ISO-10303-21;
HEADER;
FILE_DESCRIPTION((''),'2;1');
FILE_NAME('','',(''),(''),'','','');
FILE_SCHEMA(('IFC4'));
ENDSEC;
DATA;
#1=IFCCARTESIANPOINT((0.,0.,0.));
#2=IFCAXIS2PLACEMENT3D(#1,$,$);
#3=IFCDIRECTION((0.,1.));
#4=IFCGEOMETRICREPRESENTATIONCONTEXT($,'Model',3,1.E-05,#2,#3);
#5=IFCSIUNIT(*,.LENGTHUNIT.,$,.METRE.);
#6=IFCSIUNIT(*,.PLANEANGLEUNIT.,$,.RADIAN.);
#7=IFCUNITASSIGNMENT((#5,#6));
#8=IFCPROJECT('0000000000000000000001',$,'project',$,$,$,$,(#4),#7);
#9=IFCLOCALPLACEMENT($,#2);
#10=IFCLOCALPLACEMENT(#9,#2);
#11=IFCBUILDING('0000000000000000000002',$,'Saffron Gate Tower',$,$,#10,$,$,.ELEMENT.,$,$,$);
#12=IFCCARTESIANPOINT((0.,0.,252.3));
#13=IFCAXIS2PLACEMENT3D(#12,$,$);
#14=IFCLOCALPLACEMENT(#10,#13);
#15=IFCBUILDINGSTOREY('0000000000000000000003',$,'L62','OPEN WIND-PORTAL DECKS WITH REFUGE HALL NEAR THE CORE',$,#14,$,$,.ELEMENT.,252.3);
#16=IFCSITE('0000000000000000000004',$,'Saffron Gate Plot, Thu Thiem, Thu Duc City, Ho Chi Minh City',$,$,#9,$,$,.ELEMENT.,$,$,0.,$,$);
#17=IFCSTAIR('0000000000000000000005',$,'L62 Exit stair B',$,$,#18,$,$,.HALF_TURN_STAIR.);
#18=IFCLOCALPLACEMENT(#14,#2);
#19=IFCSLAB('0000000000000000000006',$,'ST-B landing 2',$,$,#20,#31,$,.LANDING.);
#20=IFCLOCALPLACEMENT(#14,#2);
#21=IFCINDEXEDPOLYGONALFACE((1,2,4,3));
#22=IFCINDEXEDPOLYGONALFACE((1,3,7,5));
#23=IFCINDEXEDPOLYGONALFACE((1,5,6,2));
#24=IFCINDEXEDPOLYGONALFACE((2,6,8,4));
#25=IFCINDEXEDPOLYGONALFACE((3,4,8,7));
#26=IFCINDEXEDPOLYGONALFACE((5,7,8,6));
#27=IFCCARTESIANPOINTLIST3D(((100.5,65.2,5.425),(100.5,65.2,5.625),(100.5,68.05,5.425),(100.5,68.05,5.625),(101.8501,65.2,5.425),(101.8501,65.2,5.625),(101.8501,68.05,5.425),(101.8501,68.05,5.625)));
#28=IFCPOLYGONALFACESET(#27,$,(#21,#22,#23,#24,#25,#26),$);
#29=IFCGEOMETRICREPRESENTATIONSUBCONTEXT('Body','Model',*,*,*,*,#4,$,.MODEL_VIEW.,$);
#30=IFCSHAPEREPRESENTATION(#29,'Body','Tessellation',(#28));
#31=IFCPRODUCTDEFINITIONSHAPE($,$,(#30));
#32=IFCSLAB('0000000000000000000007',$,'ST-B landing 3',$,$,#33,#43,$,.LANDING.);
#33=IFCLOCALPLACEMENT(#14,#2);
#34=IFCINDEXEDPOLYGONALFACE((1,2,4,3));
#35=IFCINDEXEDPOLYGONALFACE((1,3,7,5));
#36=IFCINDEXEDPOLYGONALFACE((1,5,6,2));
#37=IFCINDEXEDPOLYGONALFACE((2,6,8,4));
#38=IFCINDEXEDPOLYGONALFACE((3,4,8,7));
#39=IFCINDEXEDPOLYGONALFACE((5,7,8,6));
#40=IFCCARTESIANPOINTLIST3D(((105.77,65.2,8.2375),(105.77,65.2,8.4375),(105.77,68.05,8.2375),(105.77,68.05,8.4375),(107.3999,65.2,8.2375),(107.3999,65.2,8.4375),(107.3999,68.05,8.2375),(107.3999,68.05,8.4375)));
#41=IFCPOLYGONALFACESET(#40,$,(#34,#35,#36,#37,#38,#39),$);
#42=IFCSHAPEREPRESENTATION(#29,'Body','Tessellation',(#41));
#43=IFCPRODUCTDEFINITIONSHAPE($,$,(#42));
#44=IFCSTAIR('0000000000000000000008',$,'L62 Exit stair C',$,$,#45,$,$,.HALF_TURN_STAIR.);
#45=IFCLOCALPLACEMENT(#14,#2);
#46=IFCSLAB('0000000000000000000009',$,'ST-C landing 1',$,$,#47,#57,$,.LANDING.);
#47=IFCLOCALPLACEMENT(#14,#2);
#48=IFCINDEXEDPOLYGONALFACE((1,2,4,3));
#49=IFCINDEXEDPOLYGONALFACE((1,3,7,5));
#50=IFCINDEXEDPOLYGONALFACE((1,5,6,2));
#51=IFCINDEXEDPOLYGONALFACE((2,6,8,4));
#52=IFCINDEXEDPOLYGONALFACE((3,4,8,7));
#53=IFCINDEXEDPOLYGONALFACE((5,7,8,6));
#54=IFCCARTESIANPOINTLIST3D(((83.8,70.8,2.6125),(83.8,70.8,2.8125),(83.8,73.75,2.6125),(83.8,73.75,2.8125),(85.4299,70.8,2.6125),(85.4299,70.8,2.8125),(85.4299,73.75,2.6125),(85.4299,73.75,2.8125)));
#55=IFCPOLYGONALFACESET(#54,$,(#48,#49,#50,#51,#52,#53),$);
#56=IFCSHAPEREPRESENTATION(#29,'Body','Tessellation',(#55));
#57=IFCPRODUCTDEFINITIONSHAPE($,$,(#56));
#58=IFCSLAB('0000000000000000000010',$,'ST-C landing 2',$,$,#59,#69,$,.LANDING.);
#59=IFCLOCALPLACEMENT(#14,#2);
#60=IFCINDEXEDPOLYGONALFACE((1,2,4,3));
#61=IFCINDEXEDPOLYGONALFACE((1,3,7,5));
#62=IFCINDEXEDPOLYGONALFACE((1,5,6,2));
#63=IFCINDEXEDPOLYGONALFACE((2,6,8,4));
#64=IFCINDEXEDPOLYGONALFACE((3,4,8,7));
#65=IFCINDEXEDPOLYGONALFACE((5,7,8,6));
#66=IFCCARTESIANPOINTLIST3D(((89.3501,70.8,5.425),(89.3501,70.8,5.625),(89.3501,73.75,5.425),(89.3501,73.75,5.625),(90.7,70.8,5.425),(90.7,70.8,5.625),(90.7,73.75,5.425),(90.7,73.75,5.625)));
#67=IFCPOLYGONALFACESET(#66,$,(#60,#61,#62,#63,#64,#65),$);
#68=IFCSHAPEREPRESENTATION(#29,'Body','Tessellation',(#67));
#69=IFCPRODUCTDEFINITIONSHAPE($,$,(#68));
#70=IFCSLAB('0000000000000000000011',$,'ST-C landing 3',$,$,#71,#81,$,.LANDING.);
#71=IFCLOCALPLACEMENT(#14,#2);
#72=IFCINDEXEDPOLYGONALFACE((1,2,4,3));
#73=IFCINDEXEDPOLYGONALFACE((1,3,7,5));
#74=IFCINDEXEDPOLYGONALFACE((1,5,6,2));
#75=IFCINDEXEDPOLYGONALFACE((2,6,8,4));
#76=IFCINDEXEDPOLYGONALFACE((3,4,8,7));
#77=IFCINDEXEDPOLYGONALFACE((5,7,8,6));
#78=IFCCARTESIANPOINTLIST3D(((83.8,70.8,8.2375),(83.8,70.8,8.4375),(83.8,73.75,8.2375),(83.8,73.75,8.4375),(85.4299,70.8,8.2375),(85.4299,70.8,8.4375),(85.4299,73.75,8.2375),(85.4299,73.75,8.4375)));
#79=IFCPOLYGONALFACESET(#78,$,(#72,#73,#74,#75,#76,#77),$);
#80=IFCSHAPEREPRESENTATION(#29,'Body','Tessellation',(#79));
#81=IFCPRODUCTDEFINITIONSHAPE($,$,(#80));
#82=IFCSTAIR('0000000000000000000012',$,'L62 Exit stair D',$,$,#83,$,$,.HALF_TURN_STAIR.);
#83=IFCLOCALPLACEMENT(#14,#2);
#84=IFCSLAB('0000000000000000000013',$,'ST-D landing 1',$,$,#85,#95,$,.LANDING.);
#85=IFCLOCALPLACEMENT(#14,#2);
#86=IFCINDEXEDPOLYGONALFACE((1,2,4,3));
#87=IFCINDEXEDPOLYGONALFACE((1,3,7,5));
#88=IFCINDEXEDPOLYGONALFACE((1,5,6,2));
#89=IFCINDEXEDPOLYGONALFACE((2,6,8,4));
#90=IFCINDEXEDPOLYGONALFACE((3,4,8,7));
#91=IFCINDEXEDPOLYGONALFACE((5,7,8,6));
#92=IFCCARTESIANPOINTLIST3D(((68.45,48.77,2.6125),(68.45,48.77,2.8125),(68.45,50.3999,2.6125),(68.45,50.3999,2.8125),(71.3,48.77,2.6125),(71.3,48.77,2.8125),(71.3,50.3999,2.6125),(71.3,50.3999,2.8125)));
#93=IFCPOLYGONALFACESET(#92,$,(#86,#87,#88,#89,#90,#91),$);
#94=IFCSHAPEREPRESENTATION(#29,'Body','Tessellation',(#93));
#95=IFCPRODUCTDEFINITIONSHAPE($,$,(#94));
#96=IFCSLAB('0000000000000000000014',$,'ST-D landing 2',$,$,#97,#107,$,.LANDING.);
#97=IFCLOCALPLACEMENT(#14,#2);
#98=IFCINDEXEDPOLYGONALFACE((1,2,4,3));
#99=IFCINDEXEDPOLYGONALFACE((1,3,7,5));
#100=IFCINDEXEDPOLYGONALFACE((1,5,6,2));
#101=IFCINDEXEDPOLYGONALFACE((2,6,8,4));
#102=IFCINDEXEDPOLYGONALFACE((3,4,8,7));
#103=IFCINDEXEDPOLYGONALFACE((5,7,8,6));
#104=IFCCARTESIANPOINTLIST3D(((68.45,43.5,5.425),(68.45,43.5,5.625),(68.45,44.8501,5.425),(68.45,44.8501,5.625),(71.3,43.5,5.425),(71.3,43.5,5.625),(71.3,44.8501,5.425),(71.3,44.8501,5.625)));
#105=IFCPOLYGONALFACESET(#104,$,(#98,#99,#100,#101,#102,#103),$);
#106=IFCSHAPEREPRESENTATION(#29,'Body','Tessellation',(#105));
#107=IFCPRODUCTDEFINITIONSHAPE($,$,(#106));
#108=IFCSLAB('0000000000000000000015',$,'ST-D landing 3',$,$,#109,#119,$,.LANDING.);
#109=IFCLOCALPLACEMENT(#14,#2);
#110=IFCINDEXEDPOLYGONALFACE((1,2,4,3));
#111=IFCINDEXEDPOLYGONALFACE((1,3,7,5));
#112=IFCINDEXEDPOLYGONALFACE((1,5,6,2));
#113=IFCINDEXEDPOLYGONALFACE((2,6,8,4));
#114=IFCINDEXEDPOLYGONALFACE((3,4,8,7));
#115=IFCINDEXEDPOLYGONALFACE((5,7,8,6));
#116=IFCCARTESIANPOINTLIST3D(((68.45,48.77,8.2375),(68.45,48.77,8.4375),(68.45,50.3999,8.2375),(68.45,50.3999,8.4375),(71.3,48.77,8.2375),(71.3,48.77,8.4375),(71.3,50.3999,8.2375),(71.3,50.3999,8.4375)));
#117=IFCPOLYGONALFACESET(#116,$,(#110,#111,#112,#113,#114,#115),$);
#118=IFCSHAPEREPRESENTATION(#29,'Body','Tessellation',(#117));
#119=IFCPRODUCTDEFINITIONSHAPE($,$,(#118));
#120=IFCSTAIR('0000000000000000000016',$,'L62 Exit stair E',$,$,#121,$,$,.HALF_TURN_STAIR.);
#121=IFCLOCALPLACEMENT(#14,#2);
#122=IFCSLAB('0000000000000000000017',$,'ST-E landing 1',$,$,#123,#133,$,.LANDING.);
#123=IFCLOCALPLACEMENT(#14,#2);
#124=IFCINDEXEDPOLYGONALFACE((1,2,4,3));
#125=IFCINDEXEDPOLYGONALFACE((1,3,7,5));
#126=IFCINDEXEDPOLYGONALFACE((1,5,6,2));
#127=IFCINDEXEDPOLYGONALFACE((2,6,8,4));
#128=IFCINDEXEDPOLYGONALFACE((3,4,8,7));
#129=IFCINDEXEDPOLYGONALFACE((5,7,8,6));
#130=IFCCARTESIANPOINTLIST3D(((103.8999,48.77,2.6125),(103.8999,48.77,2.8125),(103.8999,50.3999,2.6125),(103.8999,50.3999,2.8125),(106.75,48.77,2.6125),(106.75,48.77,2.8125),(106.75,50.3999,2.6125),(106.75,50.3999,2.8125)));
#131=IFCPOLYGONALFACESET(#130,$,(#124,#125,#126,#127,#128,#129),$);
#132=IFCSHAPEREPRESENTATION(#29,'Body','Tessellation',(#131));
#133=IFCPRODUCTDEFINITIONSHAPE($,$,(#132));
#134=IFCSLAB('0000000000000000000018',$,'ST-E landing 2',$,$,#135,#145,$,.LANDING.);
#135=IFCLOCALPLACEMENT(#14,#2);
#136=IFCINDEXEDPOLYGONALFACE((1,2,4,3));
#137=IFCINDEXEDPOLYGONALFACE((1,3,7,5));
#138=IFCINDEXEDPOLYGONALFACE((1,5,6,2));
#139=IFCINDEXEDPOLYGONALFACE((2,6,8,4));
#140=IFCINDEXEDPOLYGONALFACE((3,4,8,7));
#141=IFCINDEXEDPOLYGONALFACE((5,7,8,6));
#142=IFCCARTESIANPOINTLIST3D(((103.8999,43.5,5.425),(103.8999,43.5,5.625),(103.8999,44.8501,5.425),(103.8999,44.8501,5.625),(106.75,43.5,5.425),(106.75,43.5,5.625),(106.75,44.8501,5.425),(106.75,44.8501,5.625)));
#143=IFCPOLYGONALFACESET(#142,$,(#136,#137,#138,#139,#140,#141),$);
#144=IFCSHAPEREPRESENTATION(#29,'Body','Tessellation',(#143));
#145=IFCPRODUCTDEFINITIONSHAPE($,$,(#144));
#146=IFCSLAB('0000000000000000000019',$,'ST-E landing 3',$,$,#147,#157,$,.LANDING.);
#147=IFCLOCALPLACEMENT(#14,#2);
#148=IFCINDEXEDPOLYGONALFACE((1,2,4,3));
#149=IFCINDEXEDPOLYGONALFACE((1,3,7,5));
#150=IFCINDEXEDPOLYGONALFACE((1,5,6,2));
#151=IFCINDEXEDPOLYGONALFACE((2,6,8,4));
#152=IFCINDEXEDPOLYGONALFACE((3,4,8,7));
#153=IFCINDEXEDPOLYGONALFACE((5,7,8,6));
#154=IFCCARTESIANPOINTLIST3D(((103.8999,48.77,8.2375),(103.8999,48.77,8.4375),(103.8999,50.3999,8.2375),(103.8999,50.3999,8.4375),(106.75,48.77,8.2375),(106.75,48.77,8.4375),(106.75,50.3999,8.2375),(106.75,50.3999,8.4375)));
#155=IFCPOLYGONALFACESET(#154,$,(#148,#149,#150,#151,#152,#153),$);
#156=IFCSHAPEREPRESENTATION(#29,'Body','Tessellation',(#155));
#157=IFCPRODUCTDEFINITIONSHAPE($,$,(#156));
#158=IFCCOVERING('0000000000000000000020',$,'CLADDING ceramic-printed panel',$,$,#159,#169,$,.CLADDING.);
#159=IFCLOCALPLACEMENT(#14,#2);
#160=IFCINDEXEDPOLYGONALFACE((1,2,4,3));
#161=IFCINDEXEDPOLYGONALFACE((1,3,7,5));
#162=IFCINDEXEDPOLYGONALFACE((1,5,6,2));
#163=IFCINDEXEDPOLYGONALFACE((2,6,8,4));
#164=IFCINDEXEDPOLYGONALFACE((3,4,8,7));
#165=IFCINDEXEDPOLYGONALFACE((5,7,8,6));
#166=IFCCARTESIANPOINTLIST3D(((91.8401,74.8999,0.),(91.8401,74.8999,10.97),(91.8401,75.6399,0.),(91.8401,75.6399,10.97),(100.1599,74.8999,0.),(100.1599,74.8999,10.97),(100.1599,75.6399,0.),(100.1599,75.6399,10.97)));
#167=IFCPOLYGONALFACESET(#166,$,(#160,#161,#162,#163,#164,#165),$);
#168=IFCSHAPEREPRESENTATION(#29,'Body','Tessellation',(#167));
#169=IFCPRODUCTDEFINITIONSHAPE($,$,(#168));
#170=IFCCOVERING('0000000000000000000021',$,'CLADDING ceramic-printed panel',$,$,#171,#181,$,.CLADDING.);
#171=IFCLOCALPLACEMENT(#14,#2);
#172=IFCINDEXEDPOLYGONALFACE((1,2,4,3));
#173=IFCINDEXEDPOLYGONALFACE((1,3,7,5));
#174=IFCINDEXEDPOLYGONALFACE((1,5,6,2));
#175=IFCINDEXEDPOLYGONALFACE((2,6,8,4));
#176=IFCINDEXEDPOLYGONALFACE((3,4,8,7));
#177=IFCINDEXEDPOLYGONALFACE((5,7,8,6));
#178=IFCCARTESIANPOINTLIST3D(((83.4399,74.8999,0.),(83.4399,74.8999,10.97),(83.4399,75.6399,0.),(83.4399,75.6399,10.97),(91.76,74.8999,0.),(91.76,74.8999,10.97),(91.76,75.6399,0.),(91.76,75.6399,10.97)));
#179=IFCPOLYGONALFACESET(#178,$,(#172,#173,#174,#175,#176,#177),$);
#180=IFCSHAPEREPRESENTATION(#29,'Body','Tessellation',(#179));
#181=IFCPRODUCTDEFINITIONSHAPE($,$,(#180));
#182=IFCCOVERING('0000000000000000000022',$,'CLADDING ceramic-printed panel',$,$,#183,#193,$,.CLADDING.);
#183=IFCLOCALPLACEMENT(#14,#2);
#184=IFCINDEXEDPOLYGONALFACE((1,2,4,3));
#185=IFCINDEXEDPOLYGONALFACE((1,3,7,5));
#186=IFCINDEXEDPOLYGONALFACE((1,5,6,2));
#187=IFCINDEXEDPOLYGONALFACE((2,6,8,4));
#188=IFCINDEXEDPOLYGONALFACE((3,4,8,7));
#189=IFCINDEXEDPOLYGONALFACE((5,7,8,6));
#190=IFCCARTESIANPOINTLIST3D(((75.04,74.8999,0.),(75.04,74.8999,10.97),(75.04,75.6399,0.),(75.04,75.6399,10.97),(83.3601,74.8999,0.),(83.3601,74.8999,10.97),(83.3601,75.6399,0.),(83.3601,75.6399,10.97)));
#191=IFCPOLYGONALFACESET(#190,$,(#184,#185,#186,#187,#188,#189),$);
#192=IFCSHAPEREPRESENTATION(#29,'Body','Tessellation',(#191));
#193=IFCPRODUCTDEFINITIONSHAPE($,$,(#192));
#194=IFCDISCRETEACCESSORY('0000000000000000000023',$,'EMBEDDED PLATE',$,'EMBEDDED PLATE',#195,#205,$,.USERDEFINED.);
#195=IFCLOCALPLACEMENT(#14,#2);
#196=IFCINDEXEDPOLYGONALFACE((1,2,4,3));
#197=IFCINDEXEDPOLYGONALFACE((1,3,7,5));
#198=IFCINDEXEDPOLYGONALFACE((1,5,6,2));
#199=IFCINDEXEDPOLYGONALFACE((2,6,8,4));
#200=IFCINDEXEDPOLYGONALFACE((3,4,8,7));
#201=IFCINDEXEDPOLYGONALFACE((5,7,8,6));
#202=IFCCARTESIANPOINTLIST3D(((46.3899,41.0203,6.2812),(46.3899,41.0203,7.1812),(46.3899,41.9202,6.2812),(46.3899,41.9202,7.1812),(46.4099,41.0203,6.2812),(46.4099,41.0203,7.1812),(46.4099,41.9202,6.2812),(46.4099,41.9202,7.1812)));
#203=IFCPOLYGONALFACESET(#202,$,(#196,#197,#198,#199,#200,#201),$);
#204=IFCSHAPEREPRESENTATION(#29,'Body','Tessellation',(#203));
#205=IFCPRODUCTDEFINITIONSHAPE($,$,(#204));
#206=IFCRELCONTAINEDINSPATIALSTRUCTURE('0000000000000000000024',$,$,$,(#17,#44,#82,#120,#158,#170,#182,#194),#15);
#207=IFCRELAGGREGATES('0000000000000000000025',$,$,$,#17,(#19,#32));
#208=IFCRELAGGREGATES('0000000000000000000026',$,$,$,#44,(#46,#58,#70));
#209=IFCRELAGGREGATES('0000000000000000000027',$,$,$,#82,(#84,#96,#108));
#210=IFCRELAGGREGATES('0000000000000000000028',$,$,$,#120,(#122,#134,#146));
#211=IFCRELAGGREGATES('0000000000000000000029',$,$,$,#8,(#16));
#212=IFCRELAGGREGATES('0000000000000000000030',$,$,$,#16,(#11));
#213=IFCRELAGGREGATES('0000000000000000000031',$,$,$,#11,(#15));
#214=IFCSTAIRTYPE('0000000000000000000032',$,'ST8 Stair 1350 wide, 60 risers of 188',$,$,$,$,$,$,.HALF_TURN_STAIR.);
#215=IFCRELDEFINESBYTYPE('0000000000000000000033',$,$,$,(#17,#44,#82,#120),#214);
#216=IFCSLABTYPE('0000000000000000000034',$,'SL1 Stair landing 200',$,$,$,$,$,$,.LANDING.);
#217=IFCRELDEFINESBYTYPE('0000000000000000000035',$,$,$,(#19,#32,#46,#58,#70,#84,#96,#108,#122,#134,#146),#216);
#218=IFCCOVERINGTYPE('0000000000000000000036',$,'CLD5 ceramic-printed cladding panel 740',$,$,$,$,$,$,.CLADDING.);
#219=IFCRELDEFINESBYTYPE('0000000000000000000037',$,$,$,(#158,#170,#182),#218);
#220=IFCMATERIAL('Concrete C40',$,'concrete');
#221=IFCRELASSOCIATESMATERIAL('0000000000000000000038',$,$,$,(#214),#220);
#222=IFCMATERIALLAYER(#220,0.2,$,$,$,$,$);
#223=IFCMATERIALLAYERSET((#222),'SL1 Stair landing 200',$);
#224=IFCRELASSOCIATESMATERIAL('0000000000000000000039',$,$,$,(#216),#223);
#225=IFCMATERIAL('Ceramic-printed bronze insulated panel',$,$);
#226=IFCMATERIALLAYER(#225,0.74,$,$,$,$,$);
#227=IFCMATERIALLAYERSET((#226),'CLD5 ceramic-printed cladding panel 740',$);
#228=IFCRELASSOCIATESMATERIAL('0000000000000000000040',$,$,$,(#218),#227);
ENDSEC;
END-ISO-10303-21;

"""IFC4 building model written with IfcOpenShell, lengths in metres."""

from ifc_helpers import new_model, si_unit, direction, frame, origin, origin_2d, place, context, subcontext, project, spatial, polyline, rectangle, outline, extrude, material, layer, layer_set, type_object, element, aggregate, save


model = new_model("IFC4")

# Units and contexts
model_context = context("Model", 3, precision=1e-05, world=origin(), true_north=direction((0.0, 1.0)))
body_context = subcontext(model_context, "Body", "Model", "MODEL_VIEW")
ifc_project = project(units=[si_unit("LENGTHUNIT", "METRE"), si_unit("PLANEANGLEUNIT", "RADIAN")], contexts=[model_context])

# Site, building, storey
site_placement = place(None, origin())
site = spatial("IfcSite", under=ifc_project, at=site_placement, Name="Saffron Gate Plot, Thu Thiem, Thu Duc City, Ho Chi Minh City", CompositionType="ELEMENT", RefElevation=0.0)
building_placement = place(site_placement, origin())
building = spatial("IfcBuilding", under=site, at=building_placement, Name="Saffron Gate Tower", CompositionType="ELEMENT")
storey_placement = place(building_placement, frame((0.0, 0.0, 252.3)))
storey = spatial("IfcBuildingStorey", under=building, at=storey_placement, Name="L62", Description="OPEN WIND-PORTAL DECKS WITH REFUGE HALL NEAR THE CORE", CompositionType="ELEMENT", Elevation=252.3)

# Shared definitions
ifc_material_1 = material(Name="Concrete C40", Category="concrete")

# Stairs, slabs
stair_type = type_object("IfcStairType", Name="ST8 Stair 1350 wide, 60 risers of 188", PredefinedType="HALF_TURN_STAIR", material=ifc_material_1)
ifc_layer_1 = layer(ifc_material_1, 0.2)
ifc_layer_set_1 = layer_set([ifc_layer_1], Name="SL1 Stair landing 200")
slab_type_1 = type_object("IfcSlabType", Name="SL1 Stair landing 200", PredefinedType="LANDING", material=ifc_layer_set_1)
stair_1_placement = place(storey_placement, origin())
stair_1 = element("IfcStair", 1, at=stair_1_placement, inside=storey, type_object=stair_type, Name="L62 Exit stair B", PredefinedType="HALF_TURN_STAIR")
slab_1_placement = place(storey_placement, frame((0.0, 0.0, 5.425)))
slab_1 = element("IfcSlab", 2, at=slab_1_placement, type_object=slab_type_1, Name="ST-B landing 2", PredefinedType="LANDING", context=body_context, shape_type="SweptSolid", body=[
    extrude(outline(polyline([(100.5, 65.2), (101.8501, 65.2), (101.8501, 68.05), (100.5, 68.05), (100.5, 65.2)])), origin(), (0.0, 0.0, 1.0), 0.2),
])
slab_2_placement = place(storey_placement, frame((0.0, 0.0, 8.2375)))
slab_2 = element("IfcSlab", 3, at=slab_2_placement, type_object=slab_type_1, Name="ST-B landing 3", PredefinedType="LANDING", context=body_context, shape_type="SweptSolid", body=[
    extrude(outline(polyline([(105.77, 65.2), (107.3999, 65.2), (107.3999, 68.05), (105.77, 68.05), (105.77, 65.2)])), origin(), (0.0, 0.0, 1.0), 0.2),
])
aggregate(stair_1, [slab_1, slab_2])
stair_2_placement = place(storey_placement, origin())
stair_2 = element("IfcStair", 4, at=stair_2_placement, inside=storey, type_object=stair_type, Name="L62 Exit stair C", PredefinedType="HALF_TURN_STAIR")
slab_3_placement = place(storey_placement, frame((0.0, 0.0, 2.6125)))
slab_3 = element("IfcSlab", 5, at=slab_3_placement, type_object=slab_type_1, Name="ST-C landing 1", PredefinedType="LANDING", context=body_context, shape_type="SweptSolid", body=[
    extrude(outline(polyline([(85.4299, 73.75), (83.8, 73.75), (83.8, 70.8), (85.4299, 70.8), (85.4299, 73.75)])), origin(), (0.0, 0.0, 1.0), 0.2),
])
slab_4_placement = place(storey_placement, frame((0.0, 0.0, 5.425)))
slab_4 = element("IfcSlab", 6, at=slab_4_placement, type_object=slab_type_1, Name="ST-C landing 2", PredefinedType="LANDING", context=body_context, shape_type="SweptSolid", body=[
    extrude(outline(polyline([(90.7, 73.75), (89.3501, 73.75), (89.3501, 70.8), (90.7, 70.8), (90.7, 73.75)])), origin(), (0.0, 0.0, 1.0), 0.2),
])
slab_5_placement = place(storey_placement, frame((0.0, 0.0, 8.2375)))
slab_5 = element("IfcSlab", 7, at=slab_5_placement, type_object=slab_type_1, Name="ST-C landing 3", PredefinedType="LANDING", context=body_context, shape_type="SweptSolid", body=[
    extrude(outline(polyline([(85.4299, 73.75), (83.8, 73.75), (83.8, 70.8), (85.4299, 70.8), (85.4299, 73.75)])), origin(), (0.0, 0.0, 1.0), 0.2),
])
aggregate(stair_2, [slab_3, slab_4, slab_5])
stair_3_placement = place(storey_placement, origin())
stair_3 = element("IfcStair", 8, at=stair_3_placement, inside=storey, type_object=stair_type, Name="L62 Exit stair D", PredefinedType="HALF_TURN_STAIR")
slab_6_placement = place(storey_placement, frame((0.0, 0.0, 2.6125)))
slab_6 = element("IfcSlab", 9, at=slab_6_placement, type_object=slab_type_1, Name="ST-D landing 1", PredefinedType="LANDING", context=body_context, shape_type="SweptSolid", body=[
    extrude(outline(polyline([(71.3, 48.77), (71.3, 50.3999), (68.45, 50.3999), (68.45, 48.77), (71.3, 48.77)])), origin(), (0.0, 0.0, 1.0), 0.2),
])
slab_7_placement = place(storey_placement, frame((0.0, 0.0, 5.425)))
slab_7 = element("IfcSlab", 10, at=slab_7_placement, type_object=slab_type_1, Name="ST-D landing 2", PredefinedType="LANDING", context=body_context, shape_type="SweptSolid", body=[
    extrude(outline(polyline([(71.3, 43.5), (71.3, 44.8501), (68.45, 44.8501), (68.45, 43.5), (71.3, 43.5)])), origin(), (0.0, 0.0, 1.0), 0.2),
])
slab_8_placement = place(storey_placement, frame((0.0, 0.0, 8.2375)))
slab_8 = element("IfcSlab", 11, at=slab_8_placement, type_object=slab_type_1, Name="ST-D landing 3", PredefinedType="LANDING", context=body_context, shape_type="SweptSolid", body=[
    extrude(outline(polyline([(71.3, 48.77), (71.3, 50.3999), (68.45, 50.3999), (68.45, 48.77), (71.3, 48.77)])), origin(), (0.0, 0.0, 1.0), 0.2),
])
aggregate(stair_3, [slab_6, slab_7, slab_8])
stair_4_placement = place(storey_placement, origin())
stair_4 = element("IfcStair", 12, at=stair_4_placement, inside=storey, type_object=stair_type, Name="L62 Exit stair E", PredefinedType="HALF_TURN_STAIR")
slab_9_placement = place(storey_placement, frame((0.0, 0.0, 2.6125)))
slab_9 = element("IfcSlab", 13, at=slab_9_placement, type_object=slab_type_1, Name="ST-E landing 1", PredefinedType="LANDING", context=body_context, shape_type="SweptSolid", body=[
    extrude(outline(polyline([(106.75, 48.77), (106.75, 50.3999), (103.8999, 50.3999), (103.8999, 48.77), (106.75, 48.77)])), origin(), (0.0, 0.0, 1.0), 0.2),
])
slab_10_placement = place(storey_placement, frame((0.0, 0.0, 5.425)))
slab_10 = element("IfcSlab", 14, at=slab_10_placement, type_object=slab_type_1, Name="ST-E landing 2", PredefinedType="LANDING", context=body_context, shape_type="SweptSolid", body=[
    extrude(outline(polyline([(106.75, 43.5), (106.75, 44.8501), (103.8999, 44.8501), (103.8999, 43.5), (106.75, 43.5)])), origin(), (0.0, 0.0, 1.0), 0.2),
])
slab_11_placement = place(storey_placement, frame((0.0, 0.0, 8.2375)))
slab_11 = element("IfcSlab", 15, at=slab_11_placement, type_object=slab_type_1, Name="ST-E landing 3", PredefinedType="LANDING", context=body_context, shape_type="SweptSolid", body=[
    extrude(outline(polyline([(106.75, 48.77), (106.75, 50.3999), (103.8999, 50.3999), (103.8999, 48.77), (106.75, 48.77)])), origin(), (0.0, 0.0, 1.0), 0.2),
])
aggregate(stair_4, [slab_9, slab_10, slab_11])

# Coverings
ifc_material_2 = material(Name="Ceramic-printed bronze insulated panel")
ifc_layer_2 = layer(ifc_material_2, 0.74)
ifc_layer_set_2 = layer_set([ifc_layer_2], Name="CLD5 ceramic-printed cladding panel 740")
covering_type = type_object("IfcCoveringType", Name="CLD5 ceramic-printed cladding panel 740", PredefinedType="CLADDING", material=ifc_layer_set_2)
covering_1_placement = place(storey_placement, origin())
element("IfcCovering", 16, at=covering_1_placement, inside=storey, type_object=covering_type, Name="CLADDING ceramic-printed panel", PredefinedType="CLADDING", context=body_context, shape_type="SweptSolid", body=[
    extrude(outline(polyline([(100.1599, 75.6399), (91.8401, 75.6399), (91.8401, 74.8999), (100.1599, 74.8999), (100.1599, 75.6399)])), origin(), (0.0, 0.0, 1.0), 10.97),
])
covering_2_placement = place(storey_placement, origin())
element("IfcCovering", 17, at=covering_2_placement, inside=storey, type_object=covering_type, Name="CLADDING ceramic-printed panel", PredefinedType="CLADDING", context=body_context, shape_type="SweptSolid", body=[
    extrude(outline(polyline([(91.76, 75.6399), (83.4399, 75.6399), (83.4399, 74.8999), (91.76, 74.8999), (91.76, 75.6399)])), origin(), (0.0, 0.0, 1.0), 10.97),
])
covering_3_placement = place(storey_placement, origin())
element("IfcCovering", 18, at=covering_3_placement, inside=storey, type_object=covering_type, Name="CLADDING ceramic-printed panel", PredefinedType="CLADDING", context=body_context, shape_type="SweptSolid", body=[
    extrude(outline(polyline([(83.3601, 75.6399), (75.04, 75.6399), (75.04, 74.8999), (83.3601, 74.8999), (83.3601, 75.6399)])), origin(), (0.0, 0.0, 1.0), 10.97),
])

# Discrete accessory
for number, where, z_axis, x_axis, name in (
    (19, (46.3999, 41.4702, 6.2812), (0.0, 0.0, 1.0), (0.0, 1.0, 0.0), "EMBEDDED PLATE"),
):
    element("IfcDiscreteAccessory", number, at=place(storey_placement, frame(where, z_axis=z_axis, x_axis=x_axis)), inside=storey, Name=name, ObjectType="EMBEDDED PLATE", PredefinedType="USERDEFINED", context=body_context, shape_type="SweptSolid", body=[
        extrude(rectangle(XDim=0.8999, YDim=0.02, at=origin_2d()), origin(), (0.0, 0.0, 1.0), 0.8999),
    ])

save(model, "model.ifc")
